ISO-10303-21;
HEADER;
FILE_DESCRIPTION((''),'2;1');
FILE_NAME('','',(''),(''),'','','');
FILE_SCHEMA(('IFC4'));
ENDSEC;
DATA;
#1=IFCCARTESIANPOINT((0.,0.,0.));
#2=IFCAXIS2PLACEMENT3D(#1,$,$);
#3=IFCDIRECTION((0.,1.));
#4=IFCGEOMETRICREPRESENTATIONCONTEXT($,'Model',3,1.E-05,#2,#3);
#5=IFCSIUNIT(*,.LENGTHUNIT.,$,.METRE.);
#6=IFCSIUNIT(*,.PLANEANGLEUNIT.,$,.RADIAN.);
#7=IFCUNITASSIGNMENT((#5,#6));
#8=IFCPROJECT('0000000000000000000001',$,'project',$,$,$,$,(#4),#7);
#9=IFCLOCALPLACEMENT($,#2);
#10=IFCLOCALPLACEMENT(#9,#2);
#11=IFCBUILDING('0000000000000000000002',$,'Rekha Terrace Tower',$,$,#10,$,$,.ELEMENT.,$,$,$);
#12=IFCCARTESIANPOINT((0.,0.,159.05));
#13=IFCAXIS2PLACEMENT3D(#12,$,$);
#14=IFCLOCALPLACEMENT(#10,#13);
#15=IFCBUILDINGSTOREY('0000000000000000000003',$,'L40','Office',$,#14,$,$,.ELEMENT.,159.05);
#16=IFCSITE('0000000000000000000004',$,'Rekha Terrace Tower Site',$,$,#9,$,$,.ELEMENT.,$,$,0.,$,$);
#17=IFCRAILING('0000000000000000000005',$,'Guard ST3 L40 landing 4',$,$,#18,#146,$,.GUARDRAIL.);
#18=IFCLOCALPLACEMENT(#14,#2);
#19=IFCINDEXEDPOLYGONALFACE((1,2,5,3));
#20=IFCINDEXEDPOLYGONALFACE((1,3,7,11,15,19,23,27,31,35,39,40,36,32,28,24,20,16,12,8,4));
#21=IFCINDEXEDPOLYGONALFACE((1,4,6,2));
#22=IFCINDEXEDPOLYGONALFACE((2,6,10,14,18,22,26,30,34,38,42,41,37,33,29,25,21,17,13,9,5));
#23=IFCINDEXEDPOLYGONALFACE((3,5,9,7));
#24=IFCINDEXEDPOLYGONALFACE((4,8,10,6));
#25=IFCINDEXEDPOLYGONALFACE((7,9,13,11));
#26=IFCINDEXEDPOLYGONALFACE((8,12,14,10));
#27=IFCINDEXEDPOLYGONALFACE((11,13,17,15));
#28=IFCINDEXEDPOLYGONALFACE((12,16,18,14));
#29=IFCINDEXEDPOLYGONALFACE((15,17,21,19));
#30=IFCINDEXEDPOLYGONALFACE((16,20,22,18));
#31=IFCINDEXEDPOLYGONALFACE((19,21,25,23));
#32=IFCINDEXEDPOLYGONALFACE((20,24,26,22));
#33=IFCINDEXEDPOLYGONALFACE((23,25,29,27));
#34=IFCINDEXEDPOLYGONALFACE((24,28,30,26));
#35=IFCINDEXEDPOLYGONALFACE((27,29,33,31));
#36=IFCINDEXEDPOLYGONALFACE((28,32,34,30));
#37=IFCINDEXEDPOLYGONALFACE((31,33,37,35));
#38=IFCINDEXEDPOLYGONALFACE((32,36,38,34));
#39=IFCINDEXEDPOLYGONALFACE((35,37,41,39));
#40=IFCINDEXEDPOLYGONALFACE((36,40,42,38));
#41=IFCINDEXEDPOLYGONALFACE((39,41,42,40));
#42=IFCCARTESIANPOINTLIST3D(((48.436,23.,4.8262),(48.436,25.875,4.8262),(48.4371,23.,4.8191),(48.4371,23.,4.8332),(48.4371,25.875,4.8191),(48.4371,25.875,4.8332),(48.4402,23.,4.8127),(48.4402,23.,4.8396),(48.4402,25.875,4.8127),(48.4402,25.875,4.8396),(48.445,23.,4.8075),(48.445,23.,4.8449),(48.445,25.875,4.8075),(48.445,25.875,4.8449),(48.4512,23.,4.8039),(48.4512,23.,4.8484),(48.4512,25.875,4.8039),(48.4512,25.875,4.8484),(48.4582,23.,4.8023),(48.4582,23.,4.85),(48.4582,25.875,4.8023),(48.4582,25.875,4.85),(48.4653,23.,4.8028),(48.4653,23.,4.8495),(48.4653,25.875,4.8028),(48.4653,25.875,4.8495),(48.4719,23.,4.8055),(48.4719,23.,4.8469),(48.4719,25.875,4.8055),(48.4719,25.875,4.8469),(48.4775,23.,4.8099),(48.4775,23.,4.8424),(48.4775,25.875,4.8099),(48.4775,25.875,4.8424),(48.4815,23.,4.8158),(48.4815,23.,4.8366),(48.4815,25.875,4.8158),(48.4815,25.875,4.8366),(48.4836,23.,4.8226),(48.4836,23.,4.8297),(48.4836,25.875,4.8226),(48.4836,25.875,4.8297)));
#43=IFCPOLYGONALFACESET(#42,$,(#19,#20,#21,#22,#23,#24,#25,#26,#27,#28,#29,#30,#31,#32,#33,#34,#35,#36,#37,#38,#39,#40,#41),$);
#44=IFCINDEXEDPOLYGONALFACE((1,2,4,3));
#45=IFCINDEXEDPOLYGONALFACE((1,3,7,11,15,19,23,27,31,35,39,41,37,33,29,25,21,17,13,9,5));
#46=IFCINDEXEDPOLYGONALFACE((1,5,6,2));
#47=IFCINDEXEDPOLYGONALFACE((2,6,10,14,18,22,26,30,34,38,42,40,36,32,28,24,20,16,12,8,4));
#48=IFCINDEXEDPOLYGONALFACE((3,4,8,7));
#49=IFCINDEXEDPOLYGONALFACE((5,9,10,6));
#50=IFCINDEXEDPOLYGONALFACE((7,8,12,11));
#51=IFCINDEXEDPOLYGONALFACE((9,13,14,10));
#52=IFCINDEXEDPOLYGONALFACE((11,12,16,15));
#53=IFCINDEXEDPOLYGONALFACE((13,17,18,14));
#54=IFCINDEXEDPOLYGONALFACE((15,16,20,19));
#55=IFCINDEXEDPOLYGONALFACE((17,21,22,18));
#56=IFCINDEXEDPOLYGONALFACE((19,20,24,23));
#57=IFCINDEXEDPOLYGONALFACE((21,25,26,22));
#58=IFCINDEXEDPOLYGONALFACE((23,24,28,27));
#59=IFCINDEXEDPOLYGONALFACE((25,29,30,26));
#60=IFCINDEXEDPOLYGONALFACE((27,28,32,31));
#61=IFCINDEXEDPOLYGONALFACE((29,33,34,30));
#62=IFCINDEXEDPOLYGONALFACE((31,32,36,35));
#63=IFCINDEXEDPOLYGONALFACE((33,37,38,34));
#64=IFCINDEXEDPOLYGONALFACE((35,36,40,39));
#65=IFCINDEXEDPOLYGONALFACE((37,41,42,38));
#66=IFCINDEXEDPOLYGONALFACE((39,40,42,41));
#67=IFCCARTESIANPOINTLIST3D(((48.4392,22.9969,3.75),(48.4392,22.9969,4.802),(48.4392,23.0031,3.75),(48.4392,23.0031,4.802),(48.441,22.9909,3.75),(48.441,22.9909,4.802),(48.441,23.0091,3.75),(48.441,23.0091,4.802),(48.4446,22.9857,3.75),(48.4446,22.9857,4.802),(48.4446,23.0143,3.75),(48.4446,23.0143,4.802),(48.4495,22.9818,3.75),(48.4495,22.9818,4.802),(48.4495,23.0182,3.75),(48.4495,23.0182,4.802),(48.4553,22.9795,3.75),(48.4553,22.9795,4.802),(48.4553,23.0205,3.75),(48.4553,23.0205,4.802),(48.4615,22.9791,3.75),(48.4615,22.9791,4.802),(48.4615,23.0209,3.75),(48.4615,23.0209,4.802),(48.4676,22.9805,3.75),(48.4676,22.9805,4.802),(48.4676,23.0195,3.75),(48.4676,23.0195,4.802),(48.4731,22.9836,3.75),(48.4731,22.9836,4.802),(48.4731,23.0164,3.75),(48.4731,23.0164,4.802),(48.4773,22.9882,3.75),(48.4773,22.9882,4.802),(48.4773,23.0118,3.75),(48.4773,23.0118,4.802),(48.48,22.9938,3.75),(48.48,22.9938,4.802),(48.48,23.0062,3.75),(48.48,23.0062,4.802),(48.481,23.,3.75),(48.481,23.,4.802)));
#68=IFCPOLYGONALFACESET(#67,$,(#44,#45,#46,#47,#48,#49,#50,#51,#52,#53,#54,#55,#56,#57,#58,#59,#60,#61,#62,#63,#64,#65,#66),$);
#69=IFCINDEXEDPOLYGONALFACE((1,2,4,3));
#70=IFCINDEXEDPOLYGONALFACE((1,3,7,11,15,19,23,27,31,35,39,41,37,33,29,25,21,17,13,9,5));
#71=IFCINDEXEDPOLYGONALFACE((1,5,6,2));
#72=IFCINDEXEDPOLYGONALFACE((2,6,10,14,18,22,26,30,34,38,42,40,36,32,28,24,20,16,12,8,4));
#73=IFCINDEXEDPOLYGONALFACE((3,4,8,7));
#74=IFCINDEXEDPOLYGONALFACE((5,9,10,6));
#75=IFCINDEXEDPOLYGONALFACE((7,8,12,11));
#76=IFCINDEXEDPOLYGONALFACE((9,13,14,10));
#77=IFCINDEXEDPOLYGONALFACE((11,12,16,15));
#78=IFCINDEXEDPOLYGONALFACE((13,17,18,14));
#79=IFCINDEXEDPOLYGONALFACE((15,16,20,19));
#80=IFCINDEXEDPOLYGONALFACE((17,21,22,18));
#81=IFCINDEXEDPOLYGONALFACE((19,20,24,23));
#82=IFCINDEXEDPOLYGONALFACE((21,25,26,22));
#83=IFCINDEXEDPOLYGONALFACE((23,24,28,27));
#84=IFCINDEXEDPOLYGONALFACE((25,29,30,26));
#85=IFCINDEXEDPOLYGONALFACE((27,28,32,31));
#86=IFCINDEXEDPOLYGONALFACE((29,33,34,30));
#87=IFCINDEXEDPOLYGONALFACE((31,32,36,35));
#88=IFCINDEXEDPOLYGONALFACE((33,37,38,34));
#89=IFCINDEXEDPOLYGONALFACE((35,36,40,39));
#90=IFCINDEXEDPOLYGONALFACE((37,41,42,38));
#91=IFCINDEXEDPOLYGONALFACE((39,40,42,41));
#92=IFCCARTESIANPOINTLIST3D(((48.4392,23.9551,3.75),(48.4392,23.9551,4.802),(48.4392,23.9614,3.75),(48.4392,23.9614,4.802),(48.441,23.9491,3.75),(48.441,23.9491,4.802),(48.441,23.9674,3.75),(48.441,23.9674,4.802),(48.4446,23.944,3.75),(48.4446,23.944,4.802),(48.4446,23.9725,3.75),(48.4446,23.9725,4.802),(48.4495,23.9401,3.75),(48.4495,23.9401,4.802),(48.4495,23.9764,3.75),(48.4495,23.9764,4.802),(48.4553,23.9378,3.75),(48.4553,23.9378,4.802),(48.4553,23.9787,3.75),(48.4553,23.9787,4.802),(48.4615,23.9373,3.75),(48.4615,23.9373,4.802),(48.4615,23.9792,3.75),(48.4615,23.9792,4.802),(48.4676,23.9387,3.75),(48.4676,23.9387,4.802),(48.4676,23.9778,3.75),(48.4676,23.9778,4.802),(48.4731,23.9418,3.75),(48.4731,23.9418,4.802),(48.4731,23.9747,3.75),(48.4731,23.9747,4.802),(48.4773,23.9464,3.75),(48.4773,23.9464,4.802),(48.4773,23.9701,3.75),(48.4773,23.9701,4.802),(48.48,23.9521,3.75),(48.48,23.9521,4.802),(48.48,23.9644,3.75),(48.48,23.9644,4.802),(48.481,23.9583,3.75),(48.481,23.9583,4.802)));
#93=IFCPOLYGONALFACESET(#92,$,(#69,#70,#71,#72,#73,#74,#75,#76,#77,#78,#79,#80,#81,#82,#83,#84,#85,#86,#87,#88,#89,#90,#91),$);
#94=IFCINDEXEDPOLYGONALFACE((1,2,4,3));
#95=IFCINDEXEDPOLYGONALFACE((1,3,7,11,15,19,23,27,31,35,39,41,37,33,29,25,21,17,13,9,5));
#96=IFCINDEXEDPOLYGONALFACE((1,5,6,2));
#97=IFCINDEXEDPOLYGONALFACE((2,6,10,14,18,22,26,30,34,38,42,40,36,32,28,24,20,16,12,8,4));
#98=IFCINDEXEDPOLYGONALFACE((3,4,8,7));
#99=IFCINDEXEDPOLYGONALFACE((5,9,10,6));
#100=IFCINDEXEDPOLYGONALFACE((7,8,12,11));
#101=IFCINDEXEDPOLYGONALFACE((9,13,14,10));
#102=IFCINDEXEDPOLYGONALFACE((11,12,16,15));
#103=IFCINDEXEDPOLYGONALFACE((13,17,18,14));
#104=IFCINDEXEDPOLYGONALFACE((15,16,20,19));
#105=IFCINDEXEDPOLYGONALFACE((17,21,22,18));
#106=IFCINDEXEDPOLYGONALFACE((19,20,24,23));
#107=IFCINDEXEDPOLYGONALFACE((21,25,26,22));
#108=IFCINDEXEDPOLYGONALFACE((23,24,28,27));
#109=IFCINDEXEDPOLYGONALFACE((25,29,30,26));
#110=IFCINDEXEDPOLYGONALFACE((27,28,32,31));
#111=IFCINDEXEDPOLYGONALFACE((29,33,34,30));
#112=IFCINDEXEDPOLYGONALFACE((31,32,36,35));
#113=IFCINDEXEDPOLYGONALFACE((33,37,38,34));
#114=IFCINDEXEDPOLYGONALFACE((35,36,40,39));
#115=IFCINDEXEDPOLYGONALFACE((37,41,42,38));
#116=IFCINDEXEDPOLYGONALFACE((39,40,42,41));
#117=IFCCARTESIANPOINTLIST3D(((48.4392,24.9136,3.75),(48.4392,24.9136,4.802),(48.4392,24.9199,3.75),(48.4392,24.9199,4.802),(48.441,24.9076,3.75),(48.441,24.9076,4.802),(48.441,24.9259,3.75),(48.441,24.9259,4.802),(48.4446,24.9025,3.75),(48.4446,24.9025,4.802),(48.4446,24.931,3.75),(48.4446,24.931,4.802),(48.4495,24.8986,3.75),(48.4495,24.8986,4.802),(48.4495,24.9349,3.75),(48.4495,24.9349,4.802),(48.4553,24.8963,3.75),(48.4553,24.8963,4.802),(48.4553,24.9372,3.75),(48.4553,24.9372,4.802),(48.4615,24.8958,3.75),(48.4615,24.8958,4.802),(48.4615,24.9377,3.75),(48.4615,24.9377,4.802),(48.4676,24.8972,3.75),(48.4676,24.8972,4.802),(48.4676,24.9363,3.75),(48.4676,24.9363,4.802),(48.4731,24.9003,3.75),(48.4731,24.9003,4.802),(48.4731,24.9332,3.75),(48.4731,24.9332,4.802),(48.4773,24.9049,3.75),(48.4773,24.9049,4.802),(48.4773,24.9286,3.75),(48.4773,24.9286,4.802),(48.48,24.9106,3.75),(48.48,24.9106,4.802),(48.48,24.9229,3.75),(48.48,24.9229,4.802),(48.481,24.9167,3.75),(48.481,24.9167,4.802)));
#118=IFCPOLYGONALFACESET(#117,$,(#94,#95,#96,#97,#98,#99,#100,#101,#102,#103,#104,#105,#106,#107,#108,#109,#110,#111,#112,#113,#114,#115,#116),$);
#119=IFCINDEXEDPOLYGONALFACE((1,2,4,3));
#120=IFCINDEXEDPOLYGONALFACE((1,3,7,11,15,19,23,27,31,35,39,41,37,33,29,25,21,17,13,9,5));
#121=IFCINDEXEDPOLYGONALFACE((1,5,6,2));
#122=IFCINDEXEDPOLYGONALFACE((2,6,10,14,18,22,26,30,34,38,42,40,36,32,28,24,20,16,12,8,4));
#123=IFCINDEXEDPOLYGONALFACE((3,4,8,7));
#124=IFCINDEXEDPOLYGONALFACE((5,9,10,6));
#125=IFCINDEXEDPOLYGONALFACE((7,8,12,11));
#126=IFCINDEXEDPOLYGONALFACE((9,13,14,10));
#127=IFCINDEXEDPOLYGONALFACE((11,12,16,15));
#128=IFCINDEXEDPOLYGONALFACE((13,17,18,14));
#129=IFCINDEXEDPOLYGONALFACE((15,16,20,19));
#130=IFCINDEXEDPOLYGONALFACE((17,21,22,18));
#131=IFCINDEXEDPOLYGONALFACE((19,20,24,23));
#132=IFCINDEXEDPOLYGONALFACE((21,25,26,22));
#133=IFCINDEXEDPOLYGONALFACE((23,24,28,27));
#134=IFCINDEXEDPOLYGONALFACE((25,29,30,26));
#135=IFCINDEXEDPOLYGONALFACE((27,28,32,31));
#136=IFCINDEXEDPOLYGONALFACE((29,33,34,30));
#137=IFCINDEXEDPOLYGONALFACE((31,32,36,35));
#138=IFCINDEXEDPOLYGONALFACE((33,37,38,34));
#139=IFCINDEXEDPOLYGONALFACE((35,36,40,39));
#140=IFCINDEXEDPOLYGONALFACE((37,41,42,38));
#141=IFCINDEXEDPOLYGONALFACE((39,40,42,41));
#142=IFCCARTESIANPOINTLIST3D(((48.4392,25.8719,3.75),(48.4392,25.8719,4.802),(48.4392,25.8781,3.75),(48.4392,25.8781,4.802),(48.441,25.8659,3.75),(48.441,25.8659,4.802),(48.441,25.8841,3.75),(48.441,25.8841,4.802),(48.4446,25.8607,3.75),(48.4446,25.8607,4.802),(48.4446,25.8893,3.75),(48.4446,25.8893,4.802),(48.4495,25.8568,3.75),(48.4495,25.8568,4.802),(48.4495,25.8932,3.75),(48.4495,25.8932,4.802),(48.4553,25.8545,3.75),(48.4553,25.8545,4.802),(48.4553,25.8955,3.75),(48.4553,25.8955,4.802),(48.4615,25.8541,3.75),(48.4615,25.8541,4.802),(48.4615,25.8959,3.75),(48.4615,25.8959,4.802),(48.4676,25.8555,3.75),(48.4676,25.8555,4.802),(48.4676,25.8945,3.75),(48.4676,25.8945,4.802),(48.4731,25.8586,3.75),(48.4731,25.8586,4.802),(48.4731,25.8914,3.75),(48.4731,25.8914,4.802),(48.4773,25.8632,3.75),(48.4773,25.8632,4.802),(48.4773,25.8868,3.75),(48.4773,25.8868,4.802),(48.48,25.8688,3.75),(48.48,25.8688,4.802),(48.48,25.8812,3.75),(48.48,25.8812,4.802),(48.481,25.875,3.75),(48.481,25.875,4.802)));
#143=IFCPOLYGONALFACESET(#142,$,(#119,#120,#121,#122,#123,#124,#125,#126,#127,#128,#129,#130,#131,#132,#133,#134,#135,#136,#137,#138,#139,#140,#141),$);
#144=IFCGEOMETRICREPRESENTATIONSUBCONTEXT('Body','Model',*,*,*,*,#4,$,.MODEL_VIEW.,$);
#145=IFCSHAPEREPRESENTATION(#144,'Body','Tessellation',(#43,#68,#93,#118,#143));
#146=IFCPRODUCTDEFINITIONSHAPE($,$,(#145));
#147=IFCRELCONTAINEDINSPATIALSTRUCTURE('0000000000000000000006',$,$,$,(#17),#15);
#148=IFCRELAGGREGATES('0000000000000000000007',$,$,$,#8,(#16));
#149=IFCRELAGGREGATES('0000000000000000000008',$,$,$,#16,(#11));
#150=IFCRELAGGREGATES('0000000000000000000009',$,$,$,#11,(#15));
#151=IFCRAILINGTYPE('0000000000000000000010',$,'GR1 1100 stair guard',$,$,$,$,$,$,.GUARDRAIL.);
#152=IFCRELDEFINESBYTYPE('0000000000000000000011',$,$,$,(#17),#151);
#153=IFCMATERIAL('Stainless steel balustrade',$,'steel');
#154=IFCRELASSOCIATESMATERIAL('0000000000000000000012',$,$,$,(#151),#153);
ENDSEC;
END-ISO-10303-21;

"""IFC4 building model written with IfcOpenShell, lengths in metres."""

from ifc_helpers import new_model, si_unit, direction, frame, origin, origin_2d, place, context, subcontext, project, spatial, circle, extrude, material, type_object, element, save


model = new_model("IFC4")

# Units and contexts
model_context = context("Model", 3, precision=1e-05, world=origin(), true_north=direction((0.0, 1.0)))
body_context = subcontext(model_context, "Body", "Model", "MODEL_VIEW")
ifc_project = project(units=[si_unit("LENGTHUNIT", "METRE"), si_unit("PLANEANGLEUNIT", "RADIAN")], contexts=[model_context])

# Site, building, storey
site_placement = place(None, origin())
site = spatial("IfcSite", under=ifc_project, at=site_placement, Name="Rekha Terrace Tower Site", CompositionType="ELEMENT", RefElevation=0.0)
building_placement = place(site_placement, origin())
building = spatial("IfcBuilding", under=site, at=building_placement, Name="Rekha Terrace Tower", CompositionType="ELEMENT")
storey_placement = place(building_placement, frame((0.0, 0.0, 159.05)))
storey = spatial("IfcBuildingStorey", under=building, at=storey_placement, Name="L40", Description="Office", CompositionType="ELEMENT", Elevation=159.05)

# Railing
ifc_material_1 = material(Name="Stainless steel balustrade", Category="steel")
railing_type_1 = type_object("IfcRailingType", Name="GR1 1100 stair guard", PredefinedType="GUARDRAIL", material=ifc_material_1)
railing_1_placement = place(storey_placement, frame((48.46, 23.0, 3.75)))
element("IfcRailing", 1, at=railing_1_placement, inside=storey, type_object=railing_type_1, Name="Guard ST3 L40 landing 4", PredefinedType="GUARDRAIL", context=body_context, shape_type="SweptSolid", body=[
    extrude(circle(Radius=0.0239, at=origin_2d()), frame((0.0, 0.0, 1.0762), z_axis=(0.0, 1.0, 0.0), x_axis=(-1.0, 0.0, 0.0)), (0.0, 0.0, 1.0), 2.875),
    extrude(circle(Radius=0.021, at=origin_2d()), origin(), (0.0, 0.0, 1.0), 1.052),
    extrude(circle(Radius=0.021, at=origin_2d()), frame((0.0, 0.9583, 0.0)), (0.0, 0.0, 1.0), 1.052),
    extrude(circle(Radius=0.021, at=origin_2d()), frame((0.0, 1.9167, 0.0)), (0.0, 0.0, 1.0), 1.052),
    extrude(circle(Radius=0.021, at=origin_2d()), frame((0.0, 2.875, 0.0)), (0.0, 0.0, 1.0), 1.052),
])

save(model, "model.ifc")
